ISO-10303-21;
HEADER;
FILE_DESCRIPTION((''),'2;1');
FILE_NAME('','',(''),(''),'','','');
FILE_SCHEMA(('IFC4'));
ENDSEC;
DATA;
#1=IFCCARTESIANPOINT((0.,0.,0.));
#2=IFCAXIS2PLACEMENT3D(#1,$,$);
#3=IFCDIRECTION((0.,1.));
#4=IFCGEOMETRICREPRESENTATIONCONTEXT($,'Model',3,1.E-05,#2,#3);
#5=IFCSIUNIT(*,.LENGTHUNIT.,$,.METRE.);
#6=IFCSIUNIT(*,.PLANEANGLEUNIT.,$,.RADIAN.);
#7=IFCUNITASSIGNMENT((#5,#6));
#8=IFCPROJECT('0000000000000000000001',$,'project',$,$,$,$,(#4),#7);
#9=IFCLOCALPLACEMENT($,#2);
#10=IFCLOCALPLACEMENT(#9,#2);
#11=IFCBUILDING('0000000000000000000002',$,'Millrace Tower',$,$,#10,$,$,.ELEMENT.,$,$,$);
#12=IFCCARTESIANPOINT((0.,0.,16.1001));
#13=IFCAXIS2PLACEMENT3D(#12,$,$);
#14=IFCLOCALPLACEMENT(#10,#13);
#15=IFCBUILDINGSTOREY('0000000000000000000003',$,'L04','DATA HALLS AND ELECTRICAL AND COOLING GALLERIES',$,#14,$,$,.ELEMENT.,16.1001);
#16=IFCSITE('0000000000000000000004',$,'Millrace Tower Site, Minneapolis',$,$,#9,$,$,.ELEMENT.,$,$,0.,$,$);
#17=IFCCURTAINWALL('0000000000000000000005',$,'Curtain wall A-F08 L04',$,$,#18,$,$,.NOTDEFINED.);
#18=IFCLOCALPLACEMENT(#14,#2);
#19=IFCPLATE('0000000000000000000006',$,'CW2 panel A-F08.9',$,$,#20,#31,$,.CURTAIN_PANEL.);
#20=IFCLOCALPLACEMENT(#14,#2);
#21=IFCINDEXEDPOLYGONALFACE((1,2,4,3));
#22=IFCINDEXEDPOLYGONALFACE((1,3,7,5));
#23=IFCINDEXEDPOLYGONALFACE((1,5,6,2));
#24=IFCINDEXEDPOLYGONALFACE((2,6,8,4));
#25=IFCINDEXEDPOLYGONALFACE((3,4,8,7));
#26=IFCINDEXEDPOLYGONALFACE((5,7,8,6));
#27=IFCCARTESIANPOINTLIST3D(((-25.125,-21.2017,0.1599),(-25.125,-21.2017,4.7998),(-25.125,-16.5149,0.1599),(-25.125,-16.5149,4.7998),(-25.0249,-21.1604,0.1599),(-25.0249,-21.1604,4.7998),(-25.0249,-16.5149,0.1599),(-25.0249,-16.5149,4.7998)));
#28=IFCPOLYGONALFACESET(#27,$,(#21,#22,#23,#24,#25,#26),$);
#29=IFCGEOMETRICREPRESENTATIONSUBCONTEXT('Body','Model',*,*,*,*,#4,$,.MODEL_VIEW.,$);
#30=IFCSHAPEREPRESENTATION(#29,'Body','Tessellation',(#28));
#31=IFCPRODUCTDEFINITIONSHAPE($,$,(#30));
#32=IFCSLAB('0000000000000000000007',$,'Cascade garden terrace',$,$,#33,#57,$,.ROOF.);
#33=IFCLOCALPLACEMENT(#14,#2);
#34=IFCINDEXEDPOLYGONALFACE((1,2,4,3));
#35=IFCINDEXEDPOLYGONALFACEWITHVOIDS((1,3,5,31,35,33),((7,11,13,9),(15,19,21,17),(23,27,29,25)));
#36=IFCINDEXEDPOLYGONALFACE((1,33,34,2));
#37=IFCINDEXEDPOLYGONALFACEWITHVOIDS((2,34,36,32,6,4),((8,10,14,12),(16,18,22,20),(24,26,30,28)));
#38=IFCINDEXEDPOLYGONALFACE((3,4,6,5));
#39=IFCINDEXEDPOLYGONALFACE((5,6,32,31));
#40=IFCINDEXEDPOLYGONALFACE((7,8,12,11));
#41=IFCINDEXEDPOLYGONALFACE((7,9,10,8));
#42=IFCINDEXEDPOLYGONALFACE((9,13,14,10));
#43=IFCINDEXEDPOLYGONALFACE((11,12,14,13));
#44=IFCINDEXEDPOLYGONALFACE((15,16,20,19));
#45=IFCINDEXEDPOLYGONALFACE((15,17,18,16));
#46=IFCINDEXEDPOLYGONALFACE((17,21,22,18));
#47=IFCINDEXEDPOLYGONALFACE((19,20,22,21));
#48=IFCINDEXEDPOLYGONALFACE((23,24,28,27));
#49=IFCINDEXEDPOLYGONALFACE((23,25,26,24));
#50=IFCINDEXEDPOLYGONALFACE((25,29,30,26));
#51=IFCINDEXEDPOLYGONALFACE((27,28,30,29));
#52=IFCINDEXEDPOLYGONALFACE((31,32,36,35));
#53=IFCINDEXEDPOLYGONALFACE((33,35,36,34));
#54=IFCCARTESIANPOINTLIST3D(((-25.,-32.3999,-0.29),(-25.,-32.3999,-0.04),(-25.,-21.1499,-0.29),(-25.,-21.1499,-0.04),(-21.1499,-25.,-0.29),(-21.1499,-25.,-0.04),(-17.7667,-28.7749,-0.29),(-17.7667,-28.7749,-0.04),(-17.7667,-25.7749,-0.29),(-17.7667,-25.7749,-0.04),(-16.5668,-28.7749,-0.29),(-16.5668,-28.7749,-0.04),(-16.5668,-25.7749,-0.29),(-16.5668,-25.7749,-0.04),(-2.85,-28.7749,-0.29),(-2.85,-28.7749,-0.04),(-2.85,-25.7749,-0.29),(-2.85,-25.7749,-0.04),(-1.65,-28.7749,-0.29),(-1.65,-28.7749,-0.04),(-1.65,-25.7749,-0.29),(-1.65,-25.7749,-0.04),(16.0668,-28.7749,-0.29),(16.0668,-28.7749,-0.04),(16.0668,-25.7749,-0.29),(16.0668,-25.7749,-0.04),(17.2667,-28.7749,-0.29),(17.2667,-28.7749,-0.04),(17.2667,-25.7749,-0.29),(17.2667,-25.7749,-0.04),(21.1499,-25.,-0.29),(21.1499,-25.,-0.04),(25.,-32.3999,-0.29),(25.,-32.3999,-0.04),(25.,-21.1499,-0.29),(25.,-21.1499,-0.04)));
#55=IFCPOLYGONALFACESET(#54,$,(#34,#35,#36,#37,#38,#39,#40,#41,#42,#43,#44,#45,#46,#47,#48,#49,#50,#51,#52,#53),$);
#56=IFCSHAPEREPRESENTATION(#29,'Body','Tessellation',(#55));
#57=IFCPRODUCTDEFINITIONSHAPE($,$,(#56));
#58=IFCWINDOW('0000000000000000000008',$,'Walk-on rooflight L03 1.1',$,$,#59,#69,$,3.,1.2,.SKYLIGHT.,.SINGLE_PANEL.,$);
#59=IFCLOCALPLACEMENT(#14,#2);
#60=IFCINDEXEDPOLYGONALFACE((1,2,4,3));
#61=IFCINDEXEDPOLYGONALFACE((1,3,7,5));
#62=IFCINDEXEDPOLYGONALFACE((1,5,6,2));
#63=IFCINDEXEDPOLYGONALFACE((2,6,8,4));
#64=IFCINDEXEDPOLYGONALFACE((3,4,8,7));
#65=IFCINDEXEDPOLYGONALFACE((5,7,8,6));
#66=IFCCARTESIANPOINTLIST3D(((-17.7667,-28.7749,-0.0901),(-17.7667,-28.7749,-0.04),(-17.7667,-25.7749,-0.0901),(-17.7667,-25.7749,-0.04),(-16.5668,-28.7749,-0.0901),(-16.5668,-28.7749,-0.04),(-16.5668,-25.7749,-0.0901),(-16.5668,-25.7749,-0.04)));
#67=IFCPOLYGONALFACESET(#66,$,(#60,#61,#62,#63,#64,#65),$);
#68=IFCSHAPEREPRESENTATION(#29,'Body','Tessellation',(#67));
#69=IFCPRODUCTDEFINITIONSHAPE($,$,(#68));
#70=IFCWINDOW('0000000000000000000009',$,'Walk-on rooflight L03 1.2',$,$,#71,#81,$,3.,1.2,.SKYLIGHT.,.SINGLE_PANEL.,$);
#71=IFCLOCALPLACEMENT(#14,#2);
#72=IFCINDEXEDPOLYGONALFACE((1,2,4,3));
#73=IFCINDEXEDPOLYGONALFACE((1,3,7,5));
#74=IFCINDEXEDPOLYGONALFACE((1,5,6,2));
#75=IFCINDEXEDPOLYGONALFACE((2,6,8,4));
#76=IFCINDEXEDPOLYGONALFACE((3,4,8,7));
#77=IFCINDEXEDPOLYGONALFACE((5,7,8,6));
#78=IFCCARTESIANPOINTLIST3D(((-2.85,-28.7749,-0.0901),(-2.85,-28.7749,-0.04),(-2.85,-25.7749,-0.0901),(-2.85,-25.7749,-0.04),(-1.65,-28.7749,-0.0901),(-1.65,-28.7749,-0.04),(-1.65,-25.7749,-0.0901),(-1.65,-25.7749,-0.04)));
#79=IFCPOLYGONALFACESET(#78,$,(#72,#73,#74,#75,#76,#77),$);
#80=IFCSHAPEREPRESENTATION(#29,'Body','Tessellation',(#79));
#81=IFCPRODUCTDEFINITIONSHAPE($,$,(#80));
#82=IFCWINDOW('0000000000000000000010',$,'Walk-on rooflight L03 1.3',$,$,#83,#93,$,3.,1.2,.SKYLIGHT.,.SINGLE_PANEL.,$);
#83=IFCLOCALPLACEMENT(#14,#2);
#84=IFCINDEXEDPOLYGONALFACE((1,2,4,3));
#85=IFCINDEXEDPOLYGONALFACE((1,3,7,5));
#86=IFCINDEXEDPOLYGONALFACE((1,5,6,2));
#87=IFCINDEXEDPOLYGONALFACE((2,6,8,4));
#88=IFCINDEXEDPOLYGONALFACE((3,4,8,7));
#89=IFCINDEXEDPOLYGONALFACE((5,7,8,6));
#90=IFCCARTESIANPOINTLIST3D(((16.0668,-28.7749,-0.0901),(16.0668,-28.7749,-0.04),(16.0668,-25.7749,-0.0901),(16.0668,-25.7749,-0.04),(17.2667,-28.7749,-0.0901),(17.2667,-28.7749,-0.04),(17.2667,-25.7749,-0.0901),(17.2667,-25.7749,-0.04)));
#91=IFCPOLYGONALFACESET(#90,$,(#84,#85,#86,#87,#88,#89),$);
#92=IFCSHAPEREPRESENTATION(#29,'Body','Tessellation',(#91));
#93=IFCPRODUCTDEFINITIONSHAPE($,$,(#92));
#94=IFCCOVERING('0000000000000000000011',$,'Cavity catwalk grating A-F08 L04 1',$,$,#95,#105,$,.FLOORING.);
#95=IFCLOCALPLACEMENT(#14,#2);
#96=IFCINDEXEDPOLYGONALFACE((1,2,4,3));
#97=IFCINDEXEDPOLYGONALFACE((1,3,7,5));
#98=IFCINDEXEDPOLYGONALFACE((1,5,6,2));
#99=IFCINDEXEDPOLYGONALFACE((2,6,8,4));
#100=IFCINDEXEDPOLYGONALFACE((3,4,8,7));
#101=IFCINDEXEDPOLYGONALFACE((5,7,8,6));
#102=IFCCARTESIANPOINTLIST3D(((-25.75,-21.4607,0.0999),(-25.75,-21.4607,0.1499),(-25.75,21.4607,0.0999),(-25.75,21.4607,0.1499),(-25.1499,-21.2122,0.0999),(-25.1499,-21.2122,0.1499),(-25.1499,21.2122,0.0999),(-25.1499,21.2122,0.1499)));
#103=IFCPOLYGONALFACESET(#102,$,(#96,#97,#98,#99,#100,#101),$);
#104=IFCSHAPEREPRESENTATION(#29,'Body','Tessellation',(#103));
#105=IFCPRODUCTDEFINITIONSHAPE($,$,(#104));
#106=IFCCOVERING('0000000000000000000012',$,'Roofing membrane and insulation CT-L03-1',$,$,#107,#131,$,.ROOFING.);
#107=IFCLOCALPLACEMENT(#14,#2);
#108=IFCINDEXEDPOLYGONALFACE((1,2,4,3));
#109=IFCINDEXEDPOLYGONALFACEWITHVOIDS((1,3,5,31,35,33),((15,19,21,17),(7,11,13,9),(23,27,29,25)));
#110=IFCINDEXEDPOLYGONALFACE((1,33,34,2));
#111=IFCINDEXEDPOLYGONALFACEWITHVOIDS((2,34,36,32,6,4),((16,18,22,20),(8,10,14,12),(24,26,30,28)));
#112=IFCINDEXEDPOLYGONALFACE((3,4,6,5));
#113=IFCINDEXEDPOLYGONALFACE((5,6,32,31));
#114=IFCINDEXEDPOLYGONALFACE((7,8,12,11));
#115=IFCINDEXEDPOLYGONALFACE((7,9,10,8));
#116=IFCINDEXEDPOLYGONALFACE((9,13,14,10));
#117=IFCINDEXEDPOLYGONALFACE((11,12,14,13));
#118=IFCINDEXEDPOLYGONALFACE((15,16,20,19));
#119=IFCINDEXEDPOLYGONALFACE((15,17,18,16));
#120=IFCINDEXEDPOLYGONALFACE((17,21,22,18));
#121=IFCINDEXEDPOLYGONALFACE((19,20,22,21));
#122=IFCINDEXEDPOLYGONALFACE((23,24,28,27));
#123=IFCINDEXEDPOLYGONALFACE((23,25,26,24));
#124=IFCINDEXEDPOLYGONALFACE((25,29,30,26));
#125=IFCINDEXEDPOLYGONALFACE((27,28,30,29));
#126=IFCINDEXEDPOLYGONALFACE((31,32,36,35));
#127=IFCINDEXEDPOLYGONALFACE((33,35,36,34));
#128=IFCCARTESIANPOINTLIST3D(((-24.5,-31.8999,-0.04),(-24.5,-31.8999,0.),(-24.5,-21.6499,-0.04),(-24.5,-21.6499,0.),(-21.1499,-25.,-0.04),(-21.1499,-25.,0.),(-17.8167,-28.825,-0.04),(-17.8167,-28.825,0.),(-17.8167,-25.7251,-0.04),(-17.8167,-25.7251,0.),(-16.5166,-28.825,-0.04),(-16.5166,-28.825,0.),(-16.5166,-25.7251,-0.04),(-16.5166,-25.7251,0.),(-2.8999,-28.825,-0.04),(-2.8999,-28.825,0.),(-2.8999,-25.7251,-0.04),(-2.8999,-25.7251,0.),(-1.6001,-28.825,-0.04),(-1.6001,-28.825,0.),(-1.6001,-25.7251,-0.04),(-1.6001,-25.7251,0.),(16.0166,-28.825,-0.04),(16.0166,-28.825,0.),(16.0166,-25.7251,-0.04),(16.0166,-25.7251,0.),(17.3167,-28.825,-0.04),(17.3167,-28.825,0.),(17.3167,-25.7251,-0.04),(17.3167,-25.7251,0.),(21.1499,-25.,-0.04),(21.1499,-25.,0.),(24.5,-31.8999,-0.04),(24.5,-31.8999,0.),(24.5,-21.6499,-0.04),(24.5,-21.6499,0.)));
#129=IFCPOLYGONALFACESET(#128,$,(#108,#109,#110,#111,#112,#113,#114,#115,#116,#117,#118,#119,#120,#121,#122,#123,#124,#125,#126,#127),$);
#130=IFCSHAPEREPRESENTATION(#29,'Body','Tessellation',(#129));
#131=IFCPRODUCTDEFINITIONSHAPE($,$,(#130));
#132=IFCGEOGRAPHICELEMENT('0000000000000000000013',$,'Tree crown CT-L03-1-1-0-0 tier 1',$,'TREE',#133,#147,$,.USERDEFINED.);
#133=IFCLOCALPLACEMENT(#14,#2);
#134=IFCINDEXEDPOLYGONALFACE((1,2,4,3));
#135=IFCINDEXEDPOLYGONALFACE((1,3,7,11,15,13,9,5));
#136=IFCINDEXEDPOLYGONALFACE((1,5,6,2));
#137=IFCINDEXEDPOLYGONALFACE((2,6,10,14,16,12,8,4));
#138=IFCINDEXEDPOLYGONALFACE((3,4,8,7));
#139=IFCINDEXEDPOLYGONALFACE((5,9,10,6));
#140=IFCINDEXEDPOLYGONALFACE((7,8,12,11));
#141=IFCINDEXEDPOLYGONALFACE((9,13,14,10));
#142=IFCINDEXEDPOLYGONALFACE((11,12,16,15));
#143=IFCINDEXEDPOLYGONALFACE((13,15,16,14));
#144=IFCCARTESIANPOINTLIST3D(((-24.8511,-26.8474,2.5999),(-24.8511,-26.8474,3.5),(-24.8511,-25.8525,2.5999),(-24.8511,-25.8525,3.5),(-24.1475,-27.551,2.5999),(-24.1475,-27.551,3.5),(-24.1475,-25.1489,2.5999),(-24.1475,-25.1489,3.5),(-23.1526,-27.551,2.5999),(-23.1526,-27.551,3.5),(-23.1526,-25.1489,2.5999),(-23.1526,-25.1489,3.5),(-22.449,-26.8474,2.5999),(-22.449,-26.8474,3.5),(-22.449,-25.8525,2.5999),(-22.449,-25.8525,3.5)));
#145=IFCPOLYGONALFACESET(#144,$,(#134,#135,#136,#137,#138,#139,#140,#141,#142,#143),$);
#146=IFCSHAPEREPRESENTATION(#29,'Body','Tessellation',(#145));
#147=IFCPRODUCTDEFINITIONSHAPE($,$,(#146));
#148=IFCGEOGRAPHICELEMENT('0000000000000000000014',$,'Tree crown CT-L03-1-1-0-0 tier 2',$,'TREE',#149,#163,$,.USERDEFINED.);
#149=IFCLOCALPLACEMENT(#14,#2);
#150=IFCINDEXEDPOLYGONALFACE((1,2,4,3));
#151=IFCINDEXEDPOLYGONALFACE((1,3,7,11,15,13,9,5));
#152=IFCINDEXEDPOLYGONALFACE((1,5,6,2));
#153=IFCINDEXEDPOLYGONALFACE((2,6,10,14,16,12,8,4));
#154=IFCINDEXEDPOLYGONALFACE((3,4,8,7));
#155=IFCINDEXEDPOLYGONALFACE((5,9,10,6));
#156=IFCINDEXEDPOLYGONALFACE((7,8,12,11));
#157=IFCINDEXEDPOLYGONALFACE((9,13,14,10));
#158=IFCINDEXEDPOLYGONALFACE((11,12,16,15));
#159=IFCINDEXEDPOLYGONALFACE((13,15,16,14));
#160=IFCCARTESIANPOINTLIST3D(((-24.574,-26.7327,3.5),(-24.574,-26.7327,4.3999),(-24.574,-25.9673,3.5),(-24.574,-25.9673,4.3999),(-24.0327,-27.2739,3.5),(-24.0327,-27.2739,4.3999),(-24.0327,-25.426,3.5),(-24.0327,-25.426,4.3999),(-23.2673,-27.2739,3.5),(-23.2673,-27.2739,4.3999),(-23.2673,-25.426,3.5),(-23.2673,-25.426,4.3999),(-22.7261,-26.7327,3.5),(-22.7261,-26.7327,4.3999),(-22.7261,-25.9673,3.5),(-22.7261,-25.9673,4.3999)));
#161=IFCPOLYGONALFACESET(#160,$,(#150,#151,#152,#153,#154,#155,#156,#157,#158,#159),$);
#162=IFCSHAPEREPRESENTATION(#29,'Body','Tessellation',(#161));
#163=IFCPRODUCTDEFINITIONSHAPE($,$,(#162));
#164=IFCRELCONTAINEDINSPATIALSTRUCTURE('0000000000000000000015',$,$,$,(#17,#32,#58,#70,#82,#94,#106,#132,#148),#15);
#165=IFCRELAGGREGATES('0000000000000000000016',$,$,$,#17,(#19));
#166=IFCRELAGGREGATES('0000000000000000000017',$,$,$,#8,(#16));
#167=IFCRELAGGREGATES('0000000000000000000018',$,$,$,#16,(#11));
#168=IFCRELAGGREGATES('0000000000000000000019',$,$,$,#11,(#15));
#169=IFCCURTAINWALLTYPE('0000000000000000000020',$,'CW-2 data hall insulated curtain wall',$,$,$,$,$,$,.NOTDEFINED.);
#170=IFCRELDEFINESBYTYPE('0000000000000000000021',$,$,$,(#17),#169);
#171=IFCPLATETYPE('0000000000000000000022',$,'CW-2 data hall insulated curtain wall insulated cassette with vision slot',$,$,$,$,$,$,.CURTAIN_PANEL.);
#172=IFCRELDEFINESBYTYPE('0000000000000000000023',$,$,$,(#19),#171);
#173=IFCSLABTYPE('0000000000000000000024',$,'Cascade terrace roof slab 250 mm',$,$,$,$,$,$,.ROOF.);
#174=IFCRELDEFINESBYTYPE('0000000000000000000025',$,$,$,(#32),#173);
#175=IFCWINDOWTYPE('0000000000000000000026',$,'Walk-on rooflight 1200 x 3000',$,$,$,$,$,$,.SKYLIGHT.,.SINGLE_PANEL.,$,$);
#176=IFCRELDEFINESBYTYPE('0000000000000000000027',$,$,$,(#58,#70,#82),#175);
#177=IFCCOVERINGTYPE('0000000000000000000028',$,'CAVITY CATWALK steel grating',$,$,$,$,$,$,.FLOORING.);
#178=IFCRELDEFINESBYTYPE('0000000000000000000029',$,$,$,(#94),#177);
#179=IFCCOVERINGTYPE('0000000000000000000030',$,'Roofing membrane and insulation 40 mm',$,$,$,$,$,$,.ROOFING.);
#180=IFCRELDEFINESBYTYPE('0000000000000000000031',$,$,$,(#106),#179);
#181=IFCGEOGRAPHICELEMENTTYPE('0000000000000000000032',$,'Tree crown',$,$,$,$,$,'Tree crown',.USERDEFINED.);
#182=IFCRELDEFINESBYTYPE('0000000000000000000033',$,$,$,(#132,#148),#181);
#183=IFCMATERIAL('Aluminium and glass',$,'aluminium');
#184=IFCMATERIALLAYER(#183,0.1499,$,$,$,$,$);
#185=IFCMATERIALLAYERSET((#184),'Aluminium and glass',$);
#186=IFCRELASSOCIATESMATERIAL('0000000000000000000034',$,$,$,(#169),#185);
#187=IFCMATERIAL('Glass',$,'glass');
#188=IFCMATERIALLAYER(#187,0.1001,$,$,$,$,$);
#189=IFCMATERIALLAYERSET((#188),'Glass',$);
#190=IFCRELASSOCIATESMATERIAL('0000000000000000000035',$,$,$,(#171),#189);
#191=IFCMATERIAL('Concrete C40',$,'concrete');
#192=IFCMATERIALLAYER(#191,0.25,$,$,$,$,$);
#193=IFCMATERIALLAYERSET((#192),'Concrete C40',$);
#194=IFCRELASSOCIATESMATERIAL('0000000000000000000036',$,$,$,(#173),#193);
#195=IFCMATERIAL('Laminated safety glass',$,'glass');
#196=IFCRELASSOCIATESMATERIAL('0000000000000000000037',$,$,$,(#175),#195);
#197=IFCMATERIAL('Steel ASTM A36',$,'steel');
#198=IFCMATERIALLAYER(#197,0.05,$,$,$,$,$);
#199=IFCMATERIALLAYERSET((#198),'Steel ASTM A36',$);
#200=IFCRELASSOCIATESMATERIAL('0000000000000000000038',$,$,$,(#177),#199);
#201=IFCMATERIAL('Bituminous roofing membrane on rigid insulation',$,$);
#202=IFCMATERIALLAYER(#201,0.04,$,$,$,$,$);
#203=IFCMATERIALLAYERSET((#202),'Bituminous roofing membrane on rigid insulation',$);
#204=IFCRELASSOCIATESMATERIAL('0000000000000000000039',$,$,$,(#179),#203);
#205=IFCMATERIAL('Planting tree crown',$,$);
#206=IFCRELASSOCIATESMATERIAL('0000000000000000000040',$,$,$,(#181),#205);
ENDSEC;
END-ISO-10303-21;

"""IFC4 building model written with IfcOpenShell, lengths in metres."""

from ifc_helpers import new_model, si_unit, direction, frame, origin, origin_2d, place, context, subcontext, project, spatial, polyline, rectangle, outline, extrude, material, layer, layer_set, type_object, element, fill, aggregate, save


model = new_model("IFC4")

# Units and contexts
model_context = context("Model", 3, precision=1e-05, world=origin(), true_north=direction((0.0, 1.0)))
body_context = subcontext(model_context, "Body", "Model", "MODEL_VIEW")
ifc_project = project(units=[si_unit("LENGTHUNIT", "METRE"), si_unit("PLANEANGLEUNIT", "RADIAN")], contexts=[model_context])

# Site, building, storey
site_placement = place(None, origin())
site = spatial("IfcSite", under=ifc_project, at=site_placement, Name="Millrace Tower Site, Minneapolis", CompositionType="ELEMENT", RefElevation=0.0)
building_placement = place(site_placement, origin())
building = spatial("IfcBuilding", under=site, at=building_placement, Name="Millrace Tower", CompositionType="ELEMENT")
storey_placement = place(building_placement, frame((0.0, 0.0, 16.1001)))
storey = spatial("IfcBuildingStorey", under=building, at=storey_placement, Name="L04", Description="DATA HALLS AND ELECTRICAL AND COOLING GALLERIES", CompositionType="ELEMENT", Elevation=16.1001)

# Curtain wall, plate
ifc_material_1 = material(Name="Aluminium and glass", Category="aluminium")
ifc_layer_1 = layer(ifc_material_1, 0.1499)
ifc_layer_set_1 = layer_set([ifc_layer_1], Name="Aluminium and glass")
curtain_wall_type = type_object("IfcCurtainWallType", Name="CW-2 data hall insulated curtain wall", PredefinedType="NOTDEFINED", material=ifc_layer_set_1)
curtain_wall_placement = place(storey_placement, origin())
curtain_wall = element("IfcCurtainWall", 1, at=curtain_wall_placement, inside=storey, type_object=curtain_wall_type, Name="Curtain wall A-F08 L04", PredefinedType="NOTDEFINED")
ifc_material_2 = material(Name="Glass", Category="glass")
ifc_layer_2 = layer(ifc_material_2, 0.1001)
ifc_layer_set_2 = layer_set([ifc_layer_2], Name="Glass")
plate_type = type_object("IfcPlateType", Name="CW-2 data hall insulated curtain wall insulated cassette with vision slot", PredefinedType="CURTAIN_PANEL", material=ifc_layer_set_2)
plate_placement = place(storey_placement, frame((0.0, 0.0, 0.1599)))
plate = element("IfcPlate", 2, at=plate_placement, type_object=plate_type, Name="CW2 panel A-F08.9", PredefinedType="CURTAIN_PANEL", context=body_context, shape_type="SweptSolid", body=[
    extrude(outline(polyline([(-25.125, -16.5149), (-25.125, -21.2017), (-25.0249, -21.1604), (-25.0249, -16.5149), (-25.125, -16.5149)])), origin(), (0.0, 0.0, 1.0), 4.6399),
])
aggregate(curtain_wall, [plate])

# Slab, openings, windows
ifc_material_3 = material(Name="Concrete C40", Category="concrete")
ifc_layer_3 = layer(ifc_material_3, 0.25)
ifc_layer_set_3 = layer_set([ifc_layer_3], Name="Concrete C40")
slab_type = type_object("IfcSlabType", Name="Cascade terrace roof slab 250 mm", PredefinedType="ROOF", material=ifc_layer_set_3)
slab_placement = place(storey_placement, frame((0.0, 0.0, -0.29)))
slab = element("IfcSlab", 3, at=slab_placement, inside=storey, type_object=slab_type, Name="Cascade garden terrace", PredefinedType="ROOF", context=body_context, shape_type="SweptSolid", body=[
    extrude(outline(polyline([(25.0, -32.3999), (-25.0, -32.3999), (-25.0, -21.1499), (-21.1499, -25.0), (21.1499, -25.0), (25.0, -21.1499), (25.0, -32.3999)])), origin(), (0.0, 0.0, 1.0), 0.25),
])
opening_1_placement = place(slab_placement, frame((-17.1667, -27.2749, 0.0)))
opening_1 = element("IfcOpeningElement", 4, at=opening_1_placement, cuts=slab, PredefinedType="OPENING", context=body_context, shape_type="SweptSolid", body=[
    extrude(rectangle(XDim=1.2, YDim=3.0, at=origin_2d()), origin(), (0.0, 0.0, 1.0), 0.25),
])
opening_2_placement = place(slab_placement, frame((-2.25, -27.2749, 0.0)))
opening_2 = element("IfcOpeningElement", 5, at=opening_2_placement, cuts=slab, PredefinedType="OPENING", context=body_context, shape_type="SweptSolid", body=[
    extrude(rectangle(XDim=1.2, YDim=3.0, at=origin_2d()), origin(), (0.0, 0.0, 1.0), 0.25),
])
opening_3_placement = place(slab_placement, frame((16.6667, -27.2749, 0.0)))
opening_3 = element("IfcOpeningElement", 6, at=opening_3_placement, cuts=slab, PredefinedType="OPENING", context=body_context, shape_type="SweptSolid", body=[
    extrude(rectangle(XDim=1.2, YDim=3.0, at=origin_2d()), origin(), (0.0, 0.0, 1.0), 0.25),
])
ifc_material_4 = material(Name="Laminated safety glass", Category="glass")
window_type = type_object("IfcWindowType", Name="Walk-on rooflight 1200 x 3000", PartitioningType="SINGLE_PANEL", PredefinedType="SKYLIGHT", material=ifc_material_4)
window_1_placement = place(opening_1_placement, frame((0.0, 0.0, 0.2)))
window_1 = element("IfcWindow", 7, at=window_1_placement, inside=storey, type_object=window_type, Name="Walk-on rooflight L03 1.1", OverallHeight=3.0, OverallWidth=1.2, PartitioningType="SINGLE_PANEL", PredefinedType="SKYLIGHT", context=body_context, shape_type="SweptSolid", body=[
    extrude(rectangle(XDim=1.2, YDim=3.0, at=origin_2d()), origin(), (0.0, 0.0, 1.0), 0.05),
])
fill(opening_1, window_1)
window_2_placement = place(opening_2_placement, frame((0.0, 0.0, 0.2)))
window_2 = element("IfcWindow", 8, at=window_2_placement, inside=storey, type_object=window_type, Name="Walk-on rooflight L03 1.2", OverallHeight=3.0, OverallWidth=1.2, PartitioningType="SINGLE_PANEL", PredefinedType="SKYLIGHT", context=body_context, shape_type="SweptSolid", body=[
    extrude(rectangle(XDim=1.2, YDim=3.0, at=origin_2d()), origin(), (0.0, 0.0, 1.0), 0.05),
])
fill(opening_2, window_2)
window_3_placement = place(opening_3_placement, frame((0.0, 0.0, 0.2)))
window_3 = element("IfcWindow", 9, at=window_3_placement, inside=storey, type_object=window_type, Name="Walk-on rooflight L03 1.3", OverallHeight=3.0, OverallWidth=1.2, PartitioningType="SINGLE_PANEL", PredefinedType="SKYLIGHT", context=body_context, shape_type="SweptSolid", body=[
    extrude(rectangle(XDim=1.2, YDim=3.0, at=origin_2d()), origin(), (0.0, 0.0, 1.0), 0.05),
])
fill(opening_3, window_3)

# Coverings
ifc_material_5 = material(Name="Steel ASTM A36", Category="steel")
ifc_layer_4 = layer(ifc_material_5, 0.05)
ifc_layer_set_4 = layer_set([ifc_layer_4], Name="Steel ASTM A36")
covering_type_1 = type_object("IfcCoveringType", Name="CAVITY CATWALK steel grating", PredefinedType="FLOORING", material=ifc_layer_set_4)
covering_1_placement = place(storey_placement, frame((0.0, 0.0, 0.0999)))
element("IfcCovering", 10, at=covering_1_placement, inside=storey, type_object=covering_type_1, Name="Cavity catwalk grating A-F08 L04 1", PredefinedType="FLOORING", context=body_context, shape_type="SweptSolid", body=[
    extrude(outline(polyline([(-25.75, 21.4607), (-25.75, -21.4607), (-25.1499, -21.2122), (-25.1499, 21.2122), (-25.75, 21.4607)])), origin(), (0.0, 0.0, 1.0), 0.05),
])
ifc_material_6 = material(Name="Bituminous roofing membrane on rigid insulation")
ifc_layer_5 = layer(ifc_material_6, 0.04)
ifc_layer_set_5 = layer_set([ifc_layer_5], Name="Bituminous roofing membrane on rigid insulation")
covering_type_2 = type_object("IfcCoveringType", Name="Roofing membrane and insulation 40 mm", PredefinedType="ROOFING", material=ifc_layer_set_5)
covering_2_placement = place(storey_placement, frame((0.0, 0.0, -0.04)))
element("IfcCovering", 11, at=covering_2_placement, inside=storey, type_object=covering_type_2, Name="Roofing membrane and insulation CT-L03-1", PredefinedType="ROOFING", context=body_context, shape_type="SweptSolid", body=[
    extrude(outline(polyline([(-24.5, -31.8999), (24.5, -31.8999), (24.5, -21.6499), (21.1499, -25.0), (-21.1499, -25.0), (-24.5, -21.6499), (-24.5, -31.8999)]), holes=[polyline([(-17.8167, -28.825), (-16.5166, -28.825), (-16.5166, -25.7251), (-17.8167, -25.7251), (-17.8167, -28.825)]), polyline([(-2.8999, -28.825), (-1.6001, -28.825), (-1.6001, -25.7251), (-2.8999, -25.7251), (-2.8999, -28.825)]), polyline([(16.0166, -28.825), (17.3167, -28.825), (17.3167, -25.7251), (16.0166, -25.7251), (16.0166, -28.825)])]), origin(), (0.0, 0.0, 1.0), 0.04),
])

# Geographic elements
ifc_material_7 = material(Name="Planting tree crown")
geographic_element_type = type_object("IfcGeographicElementType", Name="Tree crown", ElementType="Tree crown", PredefinedType="USERDEFINED", material=ifc_material_7)
placement_1 = place(storey_placement, frame((0.0, 0.0, 2.5999)))
element("IfcGeographicElement", 12, at=placement_1, inside=storey, type_object=geographic_element_type, Name="Tree crown CT-L03-1-1-0-0 tier 1", ObjectType="TREE", PredefinedType="USERDEFINED", context=body_context, shape_type="SweptSolid", body=[
    extrude(outline(polyline([(-22.449, -25.8525), (-23.1526, -25.1489), (-24.1475, -25.1489), (-24.8511, -25.8525), (-24.8511, -26.8474), (-24.1475, -27.551), (-23.1526, -27.551), (-22.449, -26.8474), (-22.449, -25.8525)])), origin(), (0.0, 0.0, 1.0), 0.9001),
])
placement_2 = place(storey_placement, frame((0.0, 0.0, 3.5)))
element("IfcGeographicElement", 13, at=placement_2, inside=storey, type_object=geographic_element_type, Name="Tree crown CT-L03-1-1-0-0 tier 2", ObjectType="TREE", PredefinedType="USERDEFINED", context=body_context, shape_type="SweptSolid", body=[
    extrude(outline(polyline([(-22.7261, -25.9673), (-23.2673, -25.426), (-24.0327, -25.426), (-24.574, -25.9673), (-24.574, -26.7327), (-24.0327, -27.2739), (-23.2673, -27.2739), (-22.7261, -26.7327), (-22.7261, -25.9673)])), origin(), (0.0, 0.0, 1.0), 0.8999),
])

save(model, "model.ifc")
